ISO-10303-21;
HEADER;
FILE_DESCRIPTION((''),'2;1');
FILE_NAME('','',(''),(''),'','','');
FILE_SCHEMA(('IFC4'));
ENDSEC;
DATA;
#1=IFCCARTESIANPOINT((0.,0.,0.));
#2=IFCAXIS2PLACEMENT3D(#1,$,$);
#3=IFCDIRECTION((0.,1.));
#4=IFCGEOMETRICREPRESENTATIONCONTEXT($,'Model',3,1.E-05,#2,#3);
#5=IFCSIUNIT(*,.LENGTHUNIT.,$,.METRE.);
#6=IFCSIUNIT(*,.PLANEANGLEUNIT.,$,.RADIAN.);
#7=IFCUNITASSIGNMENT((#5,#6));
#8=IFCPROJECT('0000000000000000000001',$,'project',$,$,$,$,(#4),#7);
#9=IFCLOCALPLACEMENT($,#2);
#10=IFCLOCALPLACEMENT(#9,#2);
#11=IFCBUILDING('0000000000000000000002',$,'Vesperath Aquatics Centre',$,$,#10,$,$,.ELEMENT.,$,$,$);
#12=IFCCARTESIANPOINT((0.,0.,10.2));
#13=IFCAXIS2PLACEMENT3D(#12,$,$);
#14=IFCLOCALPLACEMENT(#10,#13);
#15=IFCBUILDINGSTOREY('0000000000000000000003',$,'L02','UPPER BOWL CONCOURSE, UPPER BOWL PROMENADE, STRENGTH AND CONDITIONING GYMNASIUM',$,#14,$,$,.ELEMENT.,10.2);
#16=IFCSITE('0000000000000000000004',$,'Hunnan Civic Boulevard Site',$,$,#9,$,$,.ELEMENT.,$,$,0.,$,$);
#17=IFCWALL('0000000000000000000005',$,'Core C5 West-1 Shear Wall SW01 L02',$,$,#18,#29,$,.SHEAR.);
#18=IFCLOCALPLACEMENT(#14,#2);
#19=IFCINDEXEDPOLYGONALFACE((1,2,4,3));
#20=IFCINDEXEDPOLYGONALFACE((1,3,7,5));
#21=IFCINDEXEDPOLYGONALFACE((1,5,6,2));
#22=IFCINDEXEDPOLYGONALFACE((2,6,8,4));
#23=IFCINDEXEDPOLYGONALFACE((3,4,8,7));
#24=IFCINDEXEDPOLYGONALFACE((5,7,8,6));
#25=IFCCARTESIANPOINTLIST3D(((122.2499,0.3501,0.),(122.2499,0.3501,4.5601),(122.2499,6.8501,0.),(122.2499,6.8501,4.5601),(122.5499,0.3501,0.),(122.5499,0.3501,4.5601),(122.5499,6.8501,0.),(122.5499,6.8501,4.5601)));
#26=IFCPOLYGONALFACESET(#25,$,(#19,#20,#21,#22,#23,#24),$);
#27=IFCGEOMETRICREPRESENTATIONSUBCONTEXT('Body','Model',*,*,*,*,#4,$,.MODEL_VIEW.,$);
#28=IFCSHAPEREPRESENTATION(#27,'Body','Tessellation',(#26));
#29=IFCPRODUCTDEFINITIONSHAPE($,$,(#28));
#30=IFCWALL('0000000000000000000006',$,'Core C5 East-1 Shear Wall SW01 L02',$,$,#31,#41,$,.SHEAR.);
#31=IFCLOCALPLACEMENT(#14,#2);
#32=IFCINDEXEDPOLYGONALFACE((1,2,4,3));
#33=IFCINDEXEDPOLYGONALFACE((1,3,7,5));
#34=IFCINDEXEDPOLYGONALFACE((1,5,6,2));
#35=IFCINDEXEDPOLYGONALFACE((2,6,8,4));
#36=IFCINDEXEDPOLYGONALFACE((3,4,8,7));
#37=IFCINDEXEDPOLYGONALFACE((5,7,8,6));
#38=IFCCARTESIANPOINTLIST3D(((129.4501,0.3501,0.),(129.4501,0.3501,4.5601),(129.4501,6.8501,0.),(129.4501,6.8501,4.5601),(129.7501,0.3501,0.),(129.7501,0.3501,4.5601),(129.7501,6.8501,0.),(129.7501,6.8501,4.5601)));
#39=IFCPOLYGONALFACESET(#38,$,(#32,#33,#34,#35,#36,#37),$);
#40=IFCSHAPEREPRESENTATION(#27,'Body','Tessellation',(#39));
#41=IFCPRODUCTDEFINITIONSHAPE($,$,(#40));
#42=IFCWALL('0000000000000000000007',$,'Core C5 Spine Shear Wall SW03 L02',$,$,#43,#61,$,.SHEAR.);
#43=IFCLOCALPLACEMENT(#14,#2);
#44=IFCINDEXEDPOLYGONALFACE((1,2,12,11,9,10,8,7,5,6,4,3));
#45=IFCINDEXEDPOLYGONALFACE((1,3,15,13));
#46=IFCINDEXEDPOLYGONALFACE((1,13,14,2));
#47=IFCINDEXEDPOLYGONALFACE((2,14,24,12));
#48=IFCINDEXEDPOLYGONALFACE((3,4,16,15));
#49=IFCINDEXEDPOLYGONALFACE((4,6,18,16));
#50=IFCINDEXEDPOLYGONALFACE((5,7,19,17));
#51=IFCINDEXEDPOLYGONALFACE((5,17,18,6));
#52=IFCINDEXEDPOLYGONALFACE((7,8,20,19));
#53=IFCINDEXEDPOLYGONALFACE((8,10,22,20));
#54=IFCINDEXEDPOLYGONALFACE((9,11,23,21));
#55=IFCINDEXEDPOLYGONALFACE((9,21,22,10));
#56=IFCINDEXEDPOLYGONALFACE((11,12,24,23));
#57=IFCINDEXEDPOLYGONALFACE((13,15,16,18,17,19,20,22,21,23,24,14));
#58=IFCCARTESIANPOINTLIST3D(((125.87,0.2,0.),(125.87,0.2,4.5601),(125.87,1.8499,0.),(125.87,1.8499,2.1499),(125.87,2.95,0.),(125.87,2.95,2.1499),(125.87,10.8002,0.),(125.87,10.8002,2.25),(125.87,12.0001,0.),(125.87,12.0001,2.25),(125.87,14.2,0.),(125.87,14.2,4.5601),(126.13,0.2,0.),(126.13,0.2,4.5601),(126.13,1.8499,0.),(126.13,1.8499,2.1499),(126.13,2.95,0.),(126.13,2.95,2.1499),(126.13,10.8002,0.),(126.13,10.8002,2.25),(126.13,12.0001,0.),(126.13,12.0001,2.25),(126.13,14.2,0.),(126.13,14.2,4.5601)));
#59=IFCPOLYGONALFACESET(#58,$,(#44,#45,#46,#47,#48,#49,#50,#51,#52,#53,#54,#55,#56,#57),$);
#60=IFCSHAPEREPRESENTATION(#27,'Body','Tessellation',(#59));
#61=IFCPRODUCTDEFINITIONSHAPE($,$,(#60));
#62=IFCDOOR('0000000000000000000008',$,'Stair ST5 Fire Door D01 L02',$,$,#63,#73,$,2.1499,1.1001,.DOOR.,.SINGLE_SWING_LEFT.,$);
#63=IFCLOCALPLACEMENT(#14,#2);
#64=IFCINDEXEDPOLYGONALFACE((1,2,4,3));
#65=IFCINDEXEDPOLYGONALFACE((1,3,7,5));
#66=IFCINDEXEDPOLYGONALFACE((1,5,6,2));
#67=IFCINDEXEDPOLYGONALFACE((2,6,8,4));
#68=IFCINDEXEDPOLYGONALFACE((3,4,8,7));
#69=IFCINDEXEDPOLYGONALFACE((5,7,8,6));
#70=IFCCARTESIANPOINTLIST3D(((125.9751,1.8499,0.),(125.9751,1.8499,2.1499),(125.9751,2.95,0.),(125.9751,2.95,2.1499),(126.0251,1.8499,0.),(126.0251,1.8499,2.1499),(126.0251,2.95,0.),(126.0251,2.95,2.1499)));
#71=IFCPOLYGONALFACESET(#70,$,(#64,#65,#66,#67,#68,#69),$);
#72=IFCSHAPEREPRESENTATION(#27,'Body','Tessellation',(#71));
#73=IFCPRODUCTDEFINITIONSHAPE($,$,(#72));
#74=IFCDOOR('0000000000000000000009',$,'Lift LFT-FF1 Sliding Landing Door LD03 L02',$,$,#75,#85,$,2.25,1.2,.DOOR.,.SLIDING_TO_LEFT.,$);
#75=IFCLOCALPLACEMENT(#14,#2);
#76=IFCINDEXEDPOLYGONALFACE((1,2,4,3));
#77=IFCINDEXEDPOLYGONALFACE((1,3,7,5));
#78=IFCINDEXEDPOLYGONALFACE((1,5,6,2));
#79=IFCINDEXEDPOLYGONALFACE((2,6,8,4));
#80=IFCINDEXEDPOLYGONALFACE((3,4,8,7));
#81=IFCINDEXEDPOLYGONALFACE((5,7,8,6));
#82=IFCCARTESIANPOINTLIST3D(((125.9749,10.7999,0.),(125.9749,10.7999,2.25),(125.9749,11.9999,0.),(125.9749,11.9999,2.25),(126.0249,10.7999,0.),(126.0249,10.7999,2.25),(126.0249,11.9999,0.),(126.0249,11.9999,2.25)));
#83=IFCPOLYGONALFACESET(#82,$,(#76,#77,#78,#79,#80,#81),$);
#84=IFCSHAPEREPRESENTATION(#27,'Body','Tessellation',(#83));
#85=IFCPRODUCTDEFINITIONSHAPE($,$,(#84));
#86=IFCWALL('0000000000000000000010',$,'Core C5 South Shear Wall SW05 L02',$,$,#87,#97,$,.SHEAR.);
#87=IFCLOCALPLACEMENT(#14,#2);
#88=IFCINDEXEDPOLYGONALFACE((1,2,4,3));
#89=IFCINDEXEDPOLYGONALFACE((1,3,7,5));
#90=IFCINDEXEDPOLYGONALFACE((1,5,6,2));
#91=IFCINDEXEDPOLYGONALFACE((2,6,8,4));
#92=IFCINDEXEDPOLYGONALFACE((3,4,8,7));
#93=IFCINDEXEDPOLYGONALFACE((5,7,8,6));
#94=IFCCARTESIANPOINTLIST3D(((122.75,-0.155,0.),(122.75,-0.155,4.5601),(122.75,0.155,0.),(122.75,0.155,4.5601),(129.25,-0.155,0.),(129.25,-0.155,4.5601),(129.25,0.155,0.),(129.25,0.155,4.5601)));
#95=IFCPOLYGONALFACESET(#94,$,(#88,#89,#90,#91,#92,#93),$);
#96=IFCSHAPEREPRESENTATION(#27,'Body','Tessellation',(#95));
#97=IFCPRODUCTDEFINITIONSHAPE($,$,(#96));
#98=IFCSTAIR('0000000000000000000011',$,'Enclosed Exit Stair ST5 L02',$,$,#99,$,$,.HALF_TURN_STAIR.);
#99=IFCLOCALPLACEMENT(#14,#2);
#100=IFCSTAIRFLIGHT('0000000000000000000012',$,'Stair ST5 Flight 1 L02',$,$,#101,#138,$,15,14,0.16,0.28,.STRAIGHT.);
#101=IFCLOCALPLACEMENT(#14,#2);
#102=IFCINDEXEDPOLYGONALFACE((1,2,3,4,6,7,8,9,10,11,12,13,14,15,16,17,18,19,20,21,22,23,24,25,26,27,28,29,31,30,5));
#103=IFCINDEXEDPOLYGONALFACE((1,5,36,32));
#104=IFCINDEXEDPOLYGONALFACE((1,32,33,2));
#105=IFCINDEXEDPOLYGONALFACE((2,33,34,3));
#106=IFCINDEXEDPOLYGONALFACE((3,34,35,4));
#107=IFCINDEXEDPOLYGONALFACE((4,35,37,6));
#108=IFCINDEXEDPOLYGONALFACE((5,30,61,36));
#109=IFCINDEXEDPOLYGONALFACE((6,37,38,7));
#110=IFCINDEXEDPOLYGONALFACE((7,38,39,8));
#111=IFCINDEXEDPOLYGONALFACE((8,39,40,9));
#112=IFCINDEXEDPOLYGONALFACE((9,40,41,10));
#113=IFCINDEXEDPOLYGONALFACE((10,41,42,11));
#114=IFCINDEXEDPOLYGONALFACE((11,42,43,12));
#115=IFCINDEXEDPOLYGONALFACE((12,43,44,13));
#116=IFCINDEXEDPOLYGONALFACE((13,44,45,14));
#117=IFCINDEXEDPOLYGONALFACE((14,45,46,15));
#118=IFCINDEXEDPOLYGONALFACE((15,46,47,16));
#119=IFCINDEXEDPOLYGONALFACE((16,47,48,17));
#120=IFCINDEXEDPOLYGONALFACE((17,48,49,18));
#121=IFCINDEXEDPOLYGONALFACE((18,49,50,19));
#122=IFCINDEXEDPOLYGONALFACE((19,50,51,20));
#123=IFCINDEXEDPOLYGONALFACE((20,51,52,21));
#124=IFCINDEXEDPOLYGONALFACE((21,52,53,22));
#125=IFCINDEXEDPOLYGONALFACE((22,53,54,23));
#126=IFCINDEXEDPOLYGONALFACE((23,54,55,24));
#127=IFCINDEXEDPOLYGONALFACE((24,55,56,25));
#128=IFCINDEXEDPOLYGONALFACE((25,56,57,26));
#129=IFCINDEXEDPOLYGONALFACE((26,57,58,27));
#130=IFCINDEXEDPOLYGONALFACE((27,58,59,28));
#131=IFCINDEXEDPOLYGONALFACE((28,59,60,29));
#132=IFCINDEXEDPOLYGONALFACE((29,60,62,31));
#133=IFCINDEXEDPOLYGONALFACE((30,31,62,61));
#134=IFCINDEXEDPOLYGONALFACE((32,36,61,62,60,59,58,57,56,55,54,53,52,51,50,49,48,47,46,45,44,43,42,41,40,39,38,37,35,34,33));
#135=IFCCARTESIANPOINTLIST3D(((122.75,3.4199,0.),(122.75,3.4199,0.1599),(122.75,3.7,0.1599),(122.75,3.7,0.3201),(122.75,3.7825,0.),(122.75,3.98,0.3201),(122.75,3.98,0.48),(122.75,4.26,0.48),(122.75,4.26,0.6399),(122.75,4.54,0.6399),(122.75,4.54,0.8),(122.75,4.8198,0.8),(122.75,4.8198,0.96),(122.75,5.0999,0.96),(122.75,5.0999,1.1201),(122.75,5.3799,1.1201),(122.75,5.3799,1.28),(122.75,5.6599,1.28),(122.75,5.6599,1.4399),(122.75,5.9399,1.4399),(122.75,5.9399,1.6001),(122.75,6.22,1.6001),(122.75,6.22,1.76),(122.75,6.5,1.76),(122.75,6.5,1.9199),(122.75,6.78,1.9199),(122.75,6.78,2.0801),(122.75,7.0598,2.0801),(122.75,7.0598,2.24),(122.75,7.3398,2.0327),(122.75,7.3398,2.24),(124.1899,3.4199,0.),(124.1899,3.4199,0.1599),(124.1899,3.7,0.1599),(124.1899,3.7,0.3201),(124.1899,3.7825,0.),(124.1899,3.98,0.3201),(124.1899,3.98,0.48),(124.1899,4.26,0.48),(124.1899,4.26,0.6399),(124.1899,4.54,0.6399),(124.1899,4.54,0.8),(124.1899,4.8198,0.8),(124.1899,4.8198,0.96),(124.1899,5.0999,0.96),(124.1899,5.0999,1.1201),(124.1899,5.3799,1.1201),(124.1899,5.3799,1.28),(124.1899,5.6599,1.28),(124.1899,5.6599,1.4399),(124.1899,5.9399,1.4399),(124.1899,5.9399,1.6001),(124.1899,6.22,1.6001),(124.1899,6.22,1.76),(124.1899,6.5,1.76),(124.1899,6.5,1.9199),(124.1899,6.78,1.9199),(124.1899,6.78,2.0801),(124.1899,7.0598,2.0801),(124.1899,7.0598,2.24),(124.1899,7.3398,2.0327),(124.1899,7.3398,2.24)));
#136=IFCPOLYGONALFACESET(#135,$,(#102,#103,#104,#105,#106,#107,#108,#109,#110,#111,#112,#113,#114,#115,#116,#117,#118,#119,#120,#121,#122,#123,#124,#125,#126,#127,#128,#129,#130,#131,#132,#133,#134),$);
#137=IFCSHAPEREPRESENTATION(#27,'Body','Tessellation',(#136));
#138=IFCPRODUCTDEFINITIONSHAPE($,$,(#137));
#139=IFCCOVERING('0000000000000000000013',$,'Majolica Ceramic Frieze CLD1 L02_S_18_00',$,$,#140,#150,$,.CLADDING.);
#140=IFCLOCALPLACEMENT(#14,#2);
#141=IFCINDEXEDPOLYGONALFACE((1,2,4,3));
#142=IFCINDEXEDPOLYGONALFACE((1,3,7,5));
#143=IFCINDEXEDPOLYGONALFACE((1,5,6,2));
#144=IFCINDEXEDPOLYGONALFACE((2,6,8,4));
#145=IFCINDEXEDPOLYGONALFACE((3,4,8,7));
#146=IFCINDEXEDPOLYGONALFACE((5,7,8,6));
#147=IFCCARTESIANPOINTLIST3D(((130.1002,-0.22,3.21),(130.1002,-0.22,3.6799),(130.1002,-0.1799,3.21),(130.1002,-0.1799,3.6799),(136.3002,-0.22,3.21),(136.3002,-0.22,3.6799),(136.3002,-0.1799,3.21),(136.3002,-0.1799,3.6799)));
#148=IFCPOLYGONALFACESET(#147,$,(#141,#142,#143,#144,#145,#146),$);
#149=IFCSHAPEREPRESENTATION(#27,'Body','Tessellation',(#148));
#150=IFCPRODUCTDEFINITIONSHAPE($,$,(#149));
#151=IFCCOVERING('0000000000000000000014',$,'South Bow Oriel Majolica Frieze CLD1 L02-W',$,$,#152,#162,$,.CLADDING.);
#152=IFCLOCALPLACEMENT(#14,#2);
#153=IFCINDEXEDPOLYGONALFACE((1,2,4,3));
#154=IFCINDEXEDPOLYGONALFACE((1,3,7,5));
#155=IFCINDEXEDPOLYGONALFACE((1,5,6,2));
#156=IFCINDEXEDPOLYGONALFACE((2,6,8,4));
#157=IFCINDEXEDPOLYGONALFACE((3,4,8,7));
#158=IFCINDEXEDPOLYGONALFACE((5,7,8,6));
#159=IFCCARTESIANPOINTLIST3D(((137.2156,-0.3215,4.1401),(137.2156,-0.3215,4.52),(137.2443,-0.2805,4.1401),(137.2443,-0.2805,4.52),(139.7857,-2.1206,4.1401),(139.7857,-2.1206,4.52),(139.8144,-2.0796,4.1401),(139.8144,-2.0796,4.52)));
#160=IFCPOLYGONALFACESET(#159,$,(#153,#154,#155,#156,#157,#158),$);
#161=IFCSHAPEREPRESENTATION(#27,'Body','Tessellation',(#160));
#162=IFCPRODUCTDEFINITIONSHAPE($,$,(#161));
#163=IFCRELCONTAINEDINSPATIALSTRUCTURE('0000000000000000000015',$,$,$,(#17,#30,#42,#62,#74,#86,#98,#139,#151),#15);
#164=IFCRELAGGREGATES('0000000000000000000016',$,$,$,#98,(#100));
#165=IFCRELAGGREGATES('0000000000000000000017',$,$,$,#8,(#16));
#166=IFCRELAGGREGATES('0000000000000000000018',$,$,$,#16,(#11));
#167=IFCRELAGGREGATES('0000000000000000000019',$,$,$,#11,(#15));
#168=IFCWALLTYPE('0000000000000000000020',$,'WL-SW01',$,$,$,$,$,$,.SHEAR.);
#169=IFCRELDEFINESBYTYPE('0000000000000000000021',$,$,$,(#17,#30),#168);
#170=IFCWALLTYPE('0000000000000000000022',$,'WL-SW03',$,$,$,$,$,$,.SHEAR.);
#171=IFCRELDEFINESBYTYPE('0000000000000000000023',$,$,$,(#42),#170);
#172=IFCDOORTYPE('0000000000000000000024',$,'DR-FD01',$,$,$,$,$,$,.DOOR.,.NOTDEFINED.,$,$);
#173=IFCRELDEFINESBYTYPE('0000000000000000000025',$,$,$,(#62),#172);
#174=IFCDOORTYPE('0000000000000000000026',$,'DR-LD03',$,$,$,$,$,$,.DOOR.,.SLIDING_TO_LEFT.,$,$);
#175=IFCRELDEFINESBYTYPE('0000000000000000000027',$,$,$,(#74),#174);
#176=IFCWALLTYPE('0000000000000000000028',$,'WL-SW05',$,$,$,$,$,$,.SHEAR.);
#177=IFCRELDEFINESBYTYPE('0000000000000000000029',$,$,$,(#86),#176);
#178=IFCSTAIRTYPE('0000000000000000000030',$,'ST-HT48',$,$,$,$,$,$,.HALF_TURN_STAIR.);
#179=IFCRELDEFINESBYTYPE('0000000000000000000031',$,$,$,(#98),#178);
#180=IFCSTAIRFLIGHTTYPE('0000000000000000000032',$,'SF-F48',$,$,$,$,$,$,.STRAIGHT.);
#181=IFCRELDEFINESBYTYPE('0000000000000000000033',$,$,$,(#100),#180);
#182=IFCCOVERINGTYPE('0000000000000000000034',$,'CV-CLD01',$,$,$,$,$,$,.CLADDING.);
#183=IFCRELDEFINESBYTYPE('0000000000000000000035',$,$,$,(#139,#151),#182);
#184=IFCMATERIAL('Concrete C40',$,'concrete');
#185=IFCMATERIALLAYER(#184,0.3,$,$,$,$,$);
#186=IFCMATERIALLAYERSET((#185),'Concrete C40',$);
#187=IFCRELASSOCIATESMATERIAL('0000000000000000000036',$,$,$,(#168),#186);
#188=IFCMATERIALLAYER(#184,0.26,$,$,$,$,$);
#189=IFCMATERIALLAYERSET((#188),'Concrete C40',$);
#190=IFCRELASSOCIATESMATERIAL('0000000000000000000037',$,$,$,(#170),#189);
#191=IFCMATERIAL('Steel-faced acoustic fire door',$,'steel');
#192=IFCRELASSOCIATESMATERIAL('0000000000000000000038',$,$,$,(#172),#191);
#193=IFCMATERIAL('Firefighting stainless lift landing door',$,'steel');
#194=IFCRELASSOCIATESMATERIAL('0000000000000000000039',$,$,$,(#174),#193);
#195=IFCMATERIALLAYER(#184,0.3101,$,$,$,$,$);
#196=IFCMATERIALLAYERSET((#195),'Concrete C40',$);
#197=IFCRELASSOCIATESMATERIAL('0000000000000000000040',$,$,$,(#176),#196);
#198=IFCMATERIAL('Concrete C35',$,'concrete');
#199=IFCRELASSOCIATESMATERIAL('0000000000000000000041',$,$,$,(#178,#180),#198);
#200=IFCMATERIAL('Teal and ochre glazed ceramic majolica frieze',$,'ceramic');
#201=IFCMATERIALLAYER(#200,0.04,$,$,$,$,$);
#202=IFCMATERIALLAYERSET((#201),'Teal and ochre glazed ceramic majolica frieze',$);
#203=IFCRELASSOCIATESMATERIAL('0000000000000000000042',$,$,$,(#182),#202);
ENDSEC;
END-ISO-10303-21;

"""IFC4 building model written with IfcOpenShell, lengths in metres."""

from ifc_helpers import new_model, si_unit, direction, frame, frame_2d, origin, place, context, subcontext, project, spatial, polyline, rectangle, outline, extrude, material, layer, layer_set, type_object, element, fill, aggregate, save


model = new_model("IFC4")

# Units and contexts
model_context = context("Model", 3, precision=1e-05, world=origin(), true_north=direction((0.0, 1.0)))
body_context = subcontext(model_context, "Body", "Model", "MODEL_VIEW")
ifc_project = project(units=[si_unit("LENGTHUNIT", "METRE"), si_unit("PLANEANGLEUNIT", "RADIAN")], contexts=[model_context])

# Site, building, storey
site_placement = place(None, origin())
site = spatial("IfcSite", under=ifc_project, at=site_placement, Name="Hunnan Civic Boulevard Site", CompositionType="ELEMENT", RefElevation=0.0)
building_placement = place(site_placement, origin())
building = spatial("IfcBuilding", under=site, at=building_placement, Name="Vesperath Aquatics Centre", CompositionType="ELEMENT")
storey_placement = place(building_placement, frame((0.0, 0.0, 10.2)))
storey = spatial("IfcBuildingStorey", under=building, at=storey_placement, Name="L02", Description="UPPER BOWL CONCOURSE, UPPER BOWL PROMENADE, STRENGTH AND CONDITIONING GYMNASIUM", CompositionType="ELEMENT", Elevation=10.2)

# Shared definitions
ifc_material_1 = material(Name="Concrete C40", Category="concrete")

# Shared definitions
ifc_material_2 = material(Name="Concrete C35", Category="concrete")

# Walls
ifc_layer_1 = layer(ifc_material_1, 0.3)
ifc_layer_set_1 = layer_set([ifc_layer_1], Name="Concrete C40")
wall_type_1 = type_object("IfcWallType", Name="WL-SW01", PredefinedType="SHEAR", material=ifc_layer_set_1)
for number, where, z_axis, x_axis, name in (
    (1, (122.3999, 0.3501, 0.0), (0.0, 0.0, 1.0), (0.0, 1.0, 0.0), "Core C5 West-1 Shear Wall SW01 L02"),
    (2, (129.6001, 0.3501, 0.0), (0.0, 0.0, 1.0), (0.0, 1.0, 0.0), "Core C5 East-1 Shear Wall SW01 L02"),
):
    element("IfcWall", number, at=place(storey_placement, frame(where, z_axis=z_axis, x_axis=x_axis)), inside=storey, type_object=wall_type_1, Name=name, PredefinedType="SHEAR", context=body_context, shape_type="SweptSolid", body=[
        extrude(rectangle(XDim=6.5, YDim=0.3, at=frame_2d((3.25, 0.0))), origin(), (0.0, 0.0, 1.0), 4.5601),
    ])

# Wall, openings, doors
ifc_layer_2 = layer(ifc_material_1, 0.26)
ifc_layer_set_2 = layer_set([ifc_layer_2], Name="Concrete C40")
wall_type_2 = type_object("IfcWallType", Name="WL-SW03", PredefinedType="SHEAR", material=ifc_layer_set_2)
wall_1_placement = place(storey_placement, frame((126.0, 0.2, 0.0), z_axis=(0.0, 0.0, 1.0), x_axis=(0.0, 1.0, 0.0)))
wall_1 = element("IfcWall", 3, at=wall_1_placement, inside=storey, type_object=wall_type_2, Name="Core C5 Spine Shear Wall SW03 L02", PredefinedType="SHEAR", context=body_context, shape_type="SweptSolid", body=[
    extrude(rectangle(XDim=14.0, YDim=0.26, at=frame_2d((7.0, 0.0))), origin(), (0.0, 0.0, 1.0), 4.5601),
])
opening_1_placement = place(wall_1_placement, frame((1.6499, 0.0, 0.0)))
opening_1 = element("IfcOpeningElement", 4, at=opening_1_placement, cuts=wall_1, PredefinedType="OPENING", context=body_context, shape_type="SweptSolid", body=[
    extrude(rectangle(XDim=1.1001, YDim=2.1499, at=frame_2d((0.55, 1.075))), frame((0.0, 0.145, 0.0), z_axis=(0.0, -1.0, 0.0), x_axis=(1.0, 0.0, 0.0)), (0.0, 0.0, 1.0), 0.2898),
])
opening_2_placement = place(wall_1_placement, frame((10.6001, 0.0, 0.0)))
opening_2 = element("IfcOpeningElement", 5, at=opening_2_placement, cuts=wall_1, PredefinedType="OPENING", context=body_context, shape_type="SweptSolid", body=[
    extrude(rectangle(XDim=1.2, YDim=2.25, at=frame_2d((0.6001, 1.125))), frame((0.0, 0.145, 0.0), z_axis=(0.0, -1.0, 0.0), x_axis=(1.0, 0.0, 0.0)), (0.0, 0.0, 1.0), 0.2898),
])
ifc_material_3 = material(Name="Steel-faced acoustic fire door", Category="steel")
door_type_1 = type_object("IfcDoorType", Name="DR-FD01", OperationType="NOTDEFINED", PredefinedType="DOOR", material=ifc_material_3)
door_1_placement = place(opening_1_placement, origin())
door_1 = element("IfcDoor", 6, at=door_1_placement, inside=storey, type_object=door_type_1, Name="Stair ST5 Fire Door D01 L02", OperationType="SINGLE_SWING_LEFT", OverallHeight=2.1499, OverallWidth=1.1001, PredefinedType="DOOR", context=body_context, shape_type="SweptSolid", body=[
    extrude(rectangle(XDim=1.1001, YDim=2.1499, at=frame_2d((0.55, 1.075))), frame((0.0, 0.0249, 0.0), z_axis=(0.0, -1.0, 0.0), x_axis=(1.0, 0.0, 0.0)), (0.0, 0.0, 1.0), 0.05),
])
fill(opening_1, door_1)
ifc_material_4 = material(Name="Firefighting stainless lift landing door", Category="steel")
door_type_2 = type_object("IfcDoorType", Name="DR-LD03", OperationType="SLIDING_TO_LEFT", PredefinedType="DOOR", material=ifc_material_4)
door_2_placement = place(opening_2_placement, frame((1.2, 0.0, 0.0), z_axis=(0.0, 0.0, 1.0), x_axis=(-1.0, 0.0, 0.0)))
door_2 = element("IfcDoor", 7, at=door_2_placement, inside=storey, type_object=door_type_2, Name="Lift LFT-FF1 Sliding Landing Door LD03 L02", OperationType="SLIDING_TO_LEFT", OverallHeight=2.25, OverallWidth=1.2, PredefinedType="DOOR", context=body_context, shape_type="SweptSolid", body=[
    extrude(rectangle(XDim=1.2, YDim=2.25, at=frame_2d((0.6001, 1.125))), frame((0.0, 0.0249, 0.0), z_axis=(0.0, -1.0, 0.0), x_axis=(1.0, 0.0, 0.0)), (0.0, 0.0, 1.0), 0.05),
])
fill(opening_2, door_2)

# Wall
ifc_layer_3 = layer(ifc_material_1, 0.3101)
ifc_layer_set_3 = layer_set([ifc_layer_3], Name="Concrete C40")
wall_type_3 = type_object("IfcWallType", Name="WL-SW05", PredefinedType="SHEAR", material=ifc_layer_set_3)
wall_2_placement = place(storey_placement, frame((122.75, 0.0, 0.0), z_axis=(0.0, 0.0, 1.0), x_axis=(1.0, 0.0, 0.0)))
element("IfcWall", 8, at=wall_2_placement, inside=storey, type_object=wall_type_3, Name="Core C5 South Shear Wall SW05 L02", PredefinedType="SHEAR", context=body_context, shape_type="SweptSolid", body=[
    extrude(rectangle(XDim=6.5, YDim=0.3101, at=frame_2d((3.25, 0.0))), origin(), (0.0, 0.0, 1.0), 4.5601),
])

# Stair, stair flight
stair_type = type_object("IfcStairType", Name="ST-HT48", PredefinedType="HALF_TURN_STAIR", material=ifc_material_2)
stair_placement = place(storey_placement, origin())
stair = element("IfcStair", 9, at=stair_placement, inside=storey, type_object=stair_type, Name="Enclosed Exit Stair ST5 L02", PredefinedType="HALF_TURN_STAIR")
stair_flight_type = type_object("IfcStairFlightType", Name="SF-F48", PredefinedType="STRAIGHT", material=ifc_material_2)
stair_flight_placement = place(storey_placement, frame((123.47, 3.4199, 0.0), z_axis=(0.0, 0.0, 1.0), x_axis=(0.0, 1.0, 0.0)))
stair_flight = element("IfcStairFlight", 10, at=stair_flight_placement, type_object=stair_flight_type, Name="Stair ST5 Flight 1 L02", NumberOfRisers=15, NumberOfTreads=14, PredefinedType="STRAIGHT", RiserHeight=0.16, TreadLength=0.28, context=body_context, shape_type="SweptSolid", body=[
    extrude(outline(polyline([(0.0, 0.0), (0.0, 0.1599), (0.28, 0.1599), (0.28, 0.3201), (0.5601, 0.3201), (0.5601, 0.48), (0.8401, 0.48), (0.8401, 0.6399), (1.1201, 0.6399), (1.1201, 0.8), (1.3999, 0.8), (1.3999, 0.96), (1.6799, 0.96), (1.6799, 1.1201), (1.96, 1.1201), (1.96, 1.28), (2.24, 1.28), (2.24, 1.4399), (2.52, 1.4399), (2.52, 1.6001), (2.8, 1.6001), (2.8, 1.76), (3.0801, 1.76), (3.0801, 1.9199), (3.3601, 1.9199), (3.3601, 2.0801), (3.6399, 2.0801), (3.6399, 2.24), (3.9199, 2.24), (3.9199, 2.3999), (3.9199, 2.0327), (0.3625, 0.0), (0.0, 0.0)])), frame((0.0, 0.72, 0.0), z_axis=(0.0, -1.0, 0.0), x_axis=(1.0, 0.0, 0.0)), (0.0, 0.0, 1.0), 1.4399),
])
aggregate(stair, [stair_flight])

# Coverings
ifc_material_5 = material(Name="Teal and ochre glazed ceramic majolica frieze", Category="ceramic")
ifc_layer_4 = layer(ifc_material_5, 0.04)
ifc_layer_set_4 = layer_set([ifc_layer_4], Name="Teal and ochre glazed ceramic majolica frieze")
covering_type = type_object("IfcCoveringType", Name="CV-CLD01", PredefinedType="CLADDING", material=ifc_layer_set_4)
covering_1_placement = place(storey_placement, frame((130.1001, -0.2, 3.21), z_axis=(0.0, 0.0, 1.0), x_axis=(1.0, 0.0, 0.0)))
element("IfcCovering", 11, at=covering_1_placement, inside=storey, type_object=covering_type, Name="Majolica Ceramic Frieze CLD1 L02_S_18_00", PredefinedType="CLADDING", context=body_context, shape_type="SweptSolid", body=[
    extrude(rectangle(XDim=6.2, YDim=0.04, at=frame_2d((3.1001, 0.0))), origin(), (0.0, 0.0, 1.0), 0.47),
])
covering_2_placement = place(storey_placement, frame((137.23, -0.301, 4.1401), z_axis=(0.0, 0.0, 1.0), x_axis=(0.819228, -0.573468, 0.0)))
element("IfcCovering", 12, at=covering_2_placement, inside=storey, type_object=covering_type, Name="South Bow Oriel Majolica Frieze CLD1 L02-W", PredefinedType="CLADDING", context=body_context, shape_type="SweptSolid", body=[
    extrude(rectangle(XDim=3.1372, YDim=0.05, at=frame_2d((1.5686, 0.0))), origin(), (0.0, 0.0, 1.0), 0.3799),
])

save(model, "model.ifc")
